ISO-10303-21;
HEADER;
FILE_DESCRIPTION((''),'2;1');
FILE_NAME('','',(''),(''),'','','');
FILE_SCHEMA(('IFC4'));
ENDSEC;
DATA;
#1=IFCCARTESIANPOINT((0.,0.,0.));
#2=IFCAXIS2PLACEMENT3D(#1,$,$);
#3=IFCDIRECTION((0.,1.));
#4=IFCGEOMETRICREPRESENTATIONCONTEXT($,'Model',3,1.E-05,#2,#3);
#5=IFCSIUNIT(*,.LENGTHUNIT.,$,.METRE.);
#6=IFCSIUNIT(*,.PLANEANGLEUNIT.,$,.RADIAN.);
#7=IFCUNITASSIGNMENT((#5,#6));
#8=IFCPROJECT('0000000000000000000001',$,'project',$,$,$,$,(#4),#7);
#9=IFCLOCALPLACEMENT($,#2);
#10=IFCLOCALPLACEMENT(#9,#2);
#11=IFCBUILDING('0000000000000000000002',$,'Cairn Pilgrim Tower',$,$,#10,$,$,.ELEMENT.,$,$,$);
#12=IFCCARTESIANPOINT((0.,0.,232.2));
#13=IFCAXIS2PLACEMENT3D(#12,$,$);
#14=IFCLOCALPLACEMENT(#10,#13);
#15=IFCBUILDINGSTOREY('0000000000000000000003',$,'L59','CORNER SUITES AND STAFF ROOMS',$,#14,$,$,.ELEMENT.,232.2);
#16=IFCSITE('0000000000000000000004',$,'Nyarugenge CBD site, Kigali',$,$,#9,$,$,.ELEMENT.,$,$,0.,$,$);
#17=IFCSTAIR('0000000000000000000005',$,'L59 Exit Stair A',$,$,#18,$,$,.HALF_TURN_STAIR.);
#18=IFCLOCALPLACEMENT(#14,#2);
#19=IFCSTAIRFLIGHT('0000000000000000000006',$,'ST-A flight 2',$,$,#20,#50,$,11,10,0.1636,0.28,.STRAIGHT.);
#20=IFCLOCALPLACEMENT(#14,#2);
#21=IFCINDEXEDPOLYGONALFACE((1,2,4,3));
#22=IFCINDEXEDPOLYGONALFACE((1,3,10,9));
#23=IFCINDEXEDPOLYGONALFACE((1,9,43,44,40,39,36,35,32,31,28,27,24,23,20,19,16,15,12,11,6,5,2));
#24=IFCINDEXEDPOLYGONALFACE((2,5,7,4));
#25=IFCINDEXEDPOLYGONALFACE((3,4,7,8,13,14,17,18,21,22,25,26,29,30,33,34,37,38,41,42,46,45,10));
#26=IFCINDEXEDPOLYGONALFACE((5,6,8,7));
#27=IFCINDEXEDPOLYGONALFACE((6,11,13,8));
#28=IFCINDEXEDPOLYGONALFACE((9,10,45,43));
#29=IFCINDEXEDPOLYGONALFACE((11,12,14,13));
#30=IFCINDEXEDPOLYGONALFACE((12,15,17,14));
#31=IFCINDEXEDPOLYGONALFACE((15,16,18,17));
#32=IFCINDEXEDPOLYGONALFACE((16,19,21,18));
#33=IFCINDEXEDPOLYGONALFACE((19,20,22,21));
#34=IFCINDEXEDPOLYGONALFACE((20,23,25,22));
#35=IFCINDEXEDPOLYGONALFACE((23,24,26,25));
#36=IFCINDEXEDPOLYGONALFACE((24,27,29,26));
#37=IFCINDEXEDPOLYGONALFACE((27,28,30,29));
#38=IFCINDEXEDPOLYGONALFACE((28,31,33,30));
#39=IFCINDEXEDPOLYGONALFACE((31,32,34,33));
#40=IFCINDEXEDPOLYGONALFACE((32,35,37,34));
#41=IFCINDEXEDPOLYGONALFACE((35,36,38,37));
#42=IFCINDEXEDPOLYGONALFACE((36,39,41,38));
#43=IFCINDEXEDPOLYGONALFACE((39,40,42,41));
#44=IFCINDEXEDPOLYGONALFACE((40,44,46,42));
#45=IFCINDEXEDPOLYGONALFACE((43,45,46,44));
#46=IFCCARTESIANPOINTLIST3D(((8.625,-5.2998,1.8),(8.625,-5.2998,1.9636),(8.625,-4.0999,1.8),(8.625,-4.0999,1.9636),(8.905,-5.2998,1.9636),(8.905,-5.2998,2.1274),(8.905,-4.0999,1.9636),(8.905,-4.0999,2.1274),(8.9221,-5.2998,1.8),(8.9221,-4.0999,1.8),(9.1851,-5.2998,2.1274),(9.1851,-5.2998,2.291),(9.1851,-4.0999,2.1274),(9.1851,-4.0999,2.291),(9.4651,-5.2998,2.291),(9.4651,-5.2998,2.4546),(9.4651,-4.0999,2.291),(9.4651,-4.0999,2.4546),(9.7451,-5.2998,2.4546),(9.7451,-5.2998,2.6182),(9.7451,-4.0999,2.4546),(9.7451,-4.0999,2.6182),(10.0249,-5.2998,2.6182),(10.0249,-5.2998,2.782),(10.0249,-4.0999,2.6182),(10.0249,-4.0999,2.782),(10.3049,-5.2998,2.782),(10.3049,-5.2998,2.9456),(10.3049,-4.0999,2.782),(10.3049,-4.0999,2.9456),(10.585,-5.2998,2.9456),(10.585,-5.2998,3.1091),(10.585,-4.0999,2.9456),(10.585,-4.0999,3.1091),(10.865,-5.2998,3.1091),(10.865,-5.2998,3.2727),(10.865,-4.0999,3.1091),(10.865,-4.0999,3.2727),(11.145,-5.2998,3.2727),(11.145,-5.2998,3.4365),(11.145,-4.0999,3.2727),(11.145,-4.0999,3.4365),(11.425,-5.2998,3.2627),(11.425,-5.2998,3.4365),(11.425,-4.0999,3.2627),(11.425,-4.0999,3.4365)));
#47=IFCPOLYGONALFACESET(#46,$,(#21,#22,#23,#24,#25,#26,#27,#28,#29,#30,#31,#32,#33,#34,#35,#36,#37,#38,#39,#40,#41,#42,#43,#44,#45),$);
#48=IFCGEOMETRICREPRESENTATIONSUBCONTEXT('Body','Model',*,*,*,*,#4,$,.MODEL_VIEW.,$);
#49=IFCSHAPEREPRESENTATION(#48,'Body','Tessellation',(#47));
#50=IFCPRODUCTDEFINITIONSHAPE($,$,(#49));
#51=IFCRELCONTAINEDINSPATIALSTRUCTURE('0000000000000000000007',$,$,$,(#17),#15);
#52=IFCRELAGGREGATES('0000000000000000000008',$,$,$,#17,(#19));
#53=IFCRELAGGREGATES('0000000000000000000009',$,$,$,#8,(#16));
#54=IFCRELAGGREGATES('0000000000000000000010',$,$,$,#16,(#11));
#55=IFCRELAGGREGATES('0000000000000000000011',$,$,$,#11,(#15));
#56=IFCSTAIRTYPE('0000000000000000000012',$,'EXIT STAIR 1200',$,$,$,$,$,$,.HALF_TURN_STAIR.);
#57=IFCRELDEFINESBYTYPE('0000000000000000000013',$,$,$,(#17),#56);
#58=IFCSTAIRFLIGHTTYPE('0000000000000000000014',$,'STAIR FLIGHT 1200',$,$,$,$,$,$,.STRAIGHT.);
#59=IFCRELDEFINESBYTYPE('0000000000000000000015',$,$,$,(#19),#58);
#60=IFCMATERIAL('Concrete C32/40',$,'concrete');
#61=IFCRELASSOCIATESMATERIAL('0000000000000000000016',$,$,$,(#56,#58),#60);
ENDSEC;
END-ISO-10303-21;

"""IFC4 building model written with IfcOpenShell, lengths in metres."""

from ifc_helpers import new_model, si_unit, direction, frame, origin, place, context, subcontext, project, spatial, polyline, outline, extrude, material, type_object, element, aggregate, save


model = new_model("IFC4")

# Units and contexts
model_context = context("Model", 3, precision=1e-05, world=origin(), true_north=direction((0.0, 1.0)))
body_context = subcontext(model_context, "Body", "Model", "MODEL_VIEW")
ifc_project = project(units=[si_unit("LENGTHUNIT", "METRE"), si_unit("PLANEANGLEUNIT", "RADIAN")], contexts=[model_context])

# Site, building, storey
site_placement = place(None, origin())
site = spatial("IfcSite", under=ifc_project, at=site_placement, Name="Nyarugenge CBD site, Kigali", CompositionType="ELEMENT", RefElevation=0.0)
building_placement = place(site_placement, origin())
building = spatial("IfcBuilding", under=site, at=building_placement, Name="Cairn Pilgrim Tower", CompositionType="ELEMENT")
storey_placement = place(building_placement, frame((0.0, 0.0, 232.2)))
storey = spatial("IfcBuildingStorey", under=building, at=storey_placement, Name="L59", Description="CORNER SUITES AND STAFF ROOMS", CompositionType="ELEMENT", Elevation=232.2)

# Stair
ifc_material_1 = material(Name="Concrete C32/40", Category="concrete")
stair_type = type_object("IfcStairType", Name="EXIT STAIR 1200", PredefinedType="HALF_TURN_STAIR", material=ifc_material_1)
stair_1_placement = place(storey_placement, origin())
stair_1 = element("IfcStair", 1, at=stair_1_placement, inside=storey, type_object=stair_type, Name="L59 Exit Stair A", PredefinedType="HALF_TURN_STAIR")

# Stair flight
stair_flight_type = type_object("IfcStairFlightType", Name="STAIR FLIGHT 1200", PredefinedType="STRAIGHT", material=ifc_material_1)
stair_flight_1_placement = place(storey_placement, frame((8.625, -4.7, 1.8), z_axis=(0.0, 0.0, 1.0), x_axis=(1.0, 0.0, 0.0)))
stair_flight_1 = element("IfcStairFlight", 2, at=stair_flight_1_placement, type_object=stair_flight_type, Name="ST-A flight 2", NumberOfRisers=11, NumberOfTreads=10, PredefinedType="STRAIGHT", RiserHeight=0.1636, TreadLength=0.28, context=body_context, shape_type="SweptSolid", body=[
    extrude(outline(polyline([(0.0, 0.0), (0.0, 0.1636), (0.28, 0.1636), (0.28, 0.3274), (0.5601, 0.3274), (0.5601, 0.491), (0.8401, 0.491), (0.8401, 0.6545), (1.1201, 0.6545), (1.1201, 0.8181), (1.3999, 0.8181), (1.3999, 0.9819), (1.6799, 0.9819), (1.6799, 1.1455), (1.96, 1.1455), (1.96, 1.3091), (2.24, 1.3091), (2.24, 1.4727), (2.52, 1.4727), (2.52, 1.6365), (2.8, 1.6365), (2.8, 1.8), (2.8, 1.4626), (0.2971, 0.0), (0.0, 0.0)])), frame((0.0, 0.6001, 0.0), z_axis=(0.0, -1.0, 0.0), x_axis=(1.0, 0.0, 0.0)), (0.0, 0.0, 1.0), 1.2),
])
aggregate(stair_1, [stair_flight_1])

save(model, "model.ifc")
